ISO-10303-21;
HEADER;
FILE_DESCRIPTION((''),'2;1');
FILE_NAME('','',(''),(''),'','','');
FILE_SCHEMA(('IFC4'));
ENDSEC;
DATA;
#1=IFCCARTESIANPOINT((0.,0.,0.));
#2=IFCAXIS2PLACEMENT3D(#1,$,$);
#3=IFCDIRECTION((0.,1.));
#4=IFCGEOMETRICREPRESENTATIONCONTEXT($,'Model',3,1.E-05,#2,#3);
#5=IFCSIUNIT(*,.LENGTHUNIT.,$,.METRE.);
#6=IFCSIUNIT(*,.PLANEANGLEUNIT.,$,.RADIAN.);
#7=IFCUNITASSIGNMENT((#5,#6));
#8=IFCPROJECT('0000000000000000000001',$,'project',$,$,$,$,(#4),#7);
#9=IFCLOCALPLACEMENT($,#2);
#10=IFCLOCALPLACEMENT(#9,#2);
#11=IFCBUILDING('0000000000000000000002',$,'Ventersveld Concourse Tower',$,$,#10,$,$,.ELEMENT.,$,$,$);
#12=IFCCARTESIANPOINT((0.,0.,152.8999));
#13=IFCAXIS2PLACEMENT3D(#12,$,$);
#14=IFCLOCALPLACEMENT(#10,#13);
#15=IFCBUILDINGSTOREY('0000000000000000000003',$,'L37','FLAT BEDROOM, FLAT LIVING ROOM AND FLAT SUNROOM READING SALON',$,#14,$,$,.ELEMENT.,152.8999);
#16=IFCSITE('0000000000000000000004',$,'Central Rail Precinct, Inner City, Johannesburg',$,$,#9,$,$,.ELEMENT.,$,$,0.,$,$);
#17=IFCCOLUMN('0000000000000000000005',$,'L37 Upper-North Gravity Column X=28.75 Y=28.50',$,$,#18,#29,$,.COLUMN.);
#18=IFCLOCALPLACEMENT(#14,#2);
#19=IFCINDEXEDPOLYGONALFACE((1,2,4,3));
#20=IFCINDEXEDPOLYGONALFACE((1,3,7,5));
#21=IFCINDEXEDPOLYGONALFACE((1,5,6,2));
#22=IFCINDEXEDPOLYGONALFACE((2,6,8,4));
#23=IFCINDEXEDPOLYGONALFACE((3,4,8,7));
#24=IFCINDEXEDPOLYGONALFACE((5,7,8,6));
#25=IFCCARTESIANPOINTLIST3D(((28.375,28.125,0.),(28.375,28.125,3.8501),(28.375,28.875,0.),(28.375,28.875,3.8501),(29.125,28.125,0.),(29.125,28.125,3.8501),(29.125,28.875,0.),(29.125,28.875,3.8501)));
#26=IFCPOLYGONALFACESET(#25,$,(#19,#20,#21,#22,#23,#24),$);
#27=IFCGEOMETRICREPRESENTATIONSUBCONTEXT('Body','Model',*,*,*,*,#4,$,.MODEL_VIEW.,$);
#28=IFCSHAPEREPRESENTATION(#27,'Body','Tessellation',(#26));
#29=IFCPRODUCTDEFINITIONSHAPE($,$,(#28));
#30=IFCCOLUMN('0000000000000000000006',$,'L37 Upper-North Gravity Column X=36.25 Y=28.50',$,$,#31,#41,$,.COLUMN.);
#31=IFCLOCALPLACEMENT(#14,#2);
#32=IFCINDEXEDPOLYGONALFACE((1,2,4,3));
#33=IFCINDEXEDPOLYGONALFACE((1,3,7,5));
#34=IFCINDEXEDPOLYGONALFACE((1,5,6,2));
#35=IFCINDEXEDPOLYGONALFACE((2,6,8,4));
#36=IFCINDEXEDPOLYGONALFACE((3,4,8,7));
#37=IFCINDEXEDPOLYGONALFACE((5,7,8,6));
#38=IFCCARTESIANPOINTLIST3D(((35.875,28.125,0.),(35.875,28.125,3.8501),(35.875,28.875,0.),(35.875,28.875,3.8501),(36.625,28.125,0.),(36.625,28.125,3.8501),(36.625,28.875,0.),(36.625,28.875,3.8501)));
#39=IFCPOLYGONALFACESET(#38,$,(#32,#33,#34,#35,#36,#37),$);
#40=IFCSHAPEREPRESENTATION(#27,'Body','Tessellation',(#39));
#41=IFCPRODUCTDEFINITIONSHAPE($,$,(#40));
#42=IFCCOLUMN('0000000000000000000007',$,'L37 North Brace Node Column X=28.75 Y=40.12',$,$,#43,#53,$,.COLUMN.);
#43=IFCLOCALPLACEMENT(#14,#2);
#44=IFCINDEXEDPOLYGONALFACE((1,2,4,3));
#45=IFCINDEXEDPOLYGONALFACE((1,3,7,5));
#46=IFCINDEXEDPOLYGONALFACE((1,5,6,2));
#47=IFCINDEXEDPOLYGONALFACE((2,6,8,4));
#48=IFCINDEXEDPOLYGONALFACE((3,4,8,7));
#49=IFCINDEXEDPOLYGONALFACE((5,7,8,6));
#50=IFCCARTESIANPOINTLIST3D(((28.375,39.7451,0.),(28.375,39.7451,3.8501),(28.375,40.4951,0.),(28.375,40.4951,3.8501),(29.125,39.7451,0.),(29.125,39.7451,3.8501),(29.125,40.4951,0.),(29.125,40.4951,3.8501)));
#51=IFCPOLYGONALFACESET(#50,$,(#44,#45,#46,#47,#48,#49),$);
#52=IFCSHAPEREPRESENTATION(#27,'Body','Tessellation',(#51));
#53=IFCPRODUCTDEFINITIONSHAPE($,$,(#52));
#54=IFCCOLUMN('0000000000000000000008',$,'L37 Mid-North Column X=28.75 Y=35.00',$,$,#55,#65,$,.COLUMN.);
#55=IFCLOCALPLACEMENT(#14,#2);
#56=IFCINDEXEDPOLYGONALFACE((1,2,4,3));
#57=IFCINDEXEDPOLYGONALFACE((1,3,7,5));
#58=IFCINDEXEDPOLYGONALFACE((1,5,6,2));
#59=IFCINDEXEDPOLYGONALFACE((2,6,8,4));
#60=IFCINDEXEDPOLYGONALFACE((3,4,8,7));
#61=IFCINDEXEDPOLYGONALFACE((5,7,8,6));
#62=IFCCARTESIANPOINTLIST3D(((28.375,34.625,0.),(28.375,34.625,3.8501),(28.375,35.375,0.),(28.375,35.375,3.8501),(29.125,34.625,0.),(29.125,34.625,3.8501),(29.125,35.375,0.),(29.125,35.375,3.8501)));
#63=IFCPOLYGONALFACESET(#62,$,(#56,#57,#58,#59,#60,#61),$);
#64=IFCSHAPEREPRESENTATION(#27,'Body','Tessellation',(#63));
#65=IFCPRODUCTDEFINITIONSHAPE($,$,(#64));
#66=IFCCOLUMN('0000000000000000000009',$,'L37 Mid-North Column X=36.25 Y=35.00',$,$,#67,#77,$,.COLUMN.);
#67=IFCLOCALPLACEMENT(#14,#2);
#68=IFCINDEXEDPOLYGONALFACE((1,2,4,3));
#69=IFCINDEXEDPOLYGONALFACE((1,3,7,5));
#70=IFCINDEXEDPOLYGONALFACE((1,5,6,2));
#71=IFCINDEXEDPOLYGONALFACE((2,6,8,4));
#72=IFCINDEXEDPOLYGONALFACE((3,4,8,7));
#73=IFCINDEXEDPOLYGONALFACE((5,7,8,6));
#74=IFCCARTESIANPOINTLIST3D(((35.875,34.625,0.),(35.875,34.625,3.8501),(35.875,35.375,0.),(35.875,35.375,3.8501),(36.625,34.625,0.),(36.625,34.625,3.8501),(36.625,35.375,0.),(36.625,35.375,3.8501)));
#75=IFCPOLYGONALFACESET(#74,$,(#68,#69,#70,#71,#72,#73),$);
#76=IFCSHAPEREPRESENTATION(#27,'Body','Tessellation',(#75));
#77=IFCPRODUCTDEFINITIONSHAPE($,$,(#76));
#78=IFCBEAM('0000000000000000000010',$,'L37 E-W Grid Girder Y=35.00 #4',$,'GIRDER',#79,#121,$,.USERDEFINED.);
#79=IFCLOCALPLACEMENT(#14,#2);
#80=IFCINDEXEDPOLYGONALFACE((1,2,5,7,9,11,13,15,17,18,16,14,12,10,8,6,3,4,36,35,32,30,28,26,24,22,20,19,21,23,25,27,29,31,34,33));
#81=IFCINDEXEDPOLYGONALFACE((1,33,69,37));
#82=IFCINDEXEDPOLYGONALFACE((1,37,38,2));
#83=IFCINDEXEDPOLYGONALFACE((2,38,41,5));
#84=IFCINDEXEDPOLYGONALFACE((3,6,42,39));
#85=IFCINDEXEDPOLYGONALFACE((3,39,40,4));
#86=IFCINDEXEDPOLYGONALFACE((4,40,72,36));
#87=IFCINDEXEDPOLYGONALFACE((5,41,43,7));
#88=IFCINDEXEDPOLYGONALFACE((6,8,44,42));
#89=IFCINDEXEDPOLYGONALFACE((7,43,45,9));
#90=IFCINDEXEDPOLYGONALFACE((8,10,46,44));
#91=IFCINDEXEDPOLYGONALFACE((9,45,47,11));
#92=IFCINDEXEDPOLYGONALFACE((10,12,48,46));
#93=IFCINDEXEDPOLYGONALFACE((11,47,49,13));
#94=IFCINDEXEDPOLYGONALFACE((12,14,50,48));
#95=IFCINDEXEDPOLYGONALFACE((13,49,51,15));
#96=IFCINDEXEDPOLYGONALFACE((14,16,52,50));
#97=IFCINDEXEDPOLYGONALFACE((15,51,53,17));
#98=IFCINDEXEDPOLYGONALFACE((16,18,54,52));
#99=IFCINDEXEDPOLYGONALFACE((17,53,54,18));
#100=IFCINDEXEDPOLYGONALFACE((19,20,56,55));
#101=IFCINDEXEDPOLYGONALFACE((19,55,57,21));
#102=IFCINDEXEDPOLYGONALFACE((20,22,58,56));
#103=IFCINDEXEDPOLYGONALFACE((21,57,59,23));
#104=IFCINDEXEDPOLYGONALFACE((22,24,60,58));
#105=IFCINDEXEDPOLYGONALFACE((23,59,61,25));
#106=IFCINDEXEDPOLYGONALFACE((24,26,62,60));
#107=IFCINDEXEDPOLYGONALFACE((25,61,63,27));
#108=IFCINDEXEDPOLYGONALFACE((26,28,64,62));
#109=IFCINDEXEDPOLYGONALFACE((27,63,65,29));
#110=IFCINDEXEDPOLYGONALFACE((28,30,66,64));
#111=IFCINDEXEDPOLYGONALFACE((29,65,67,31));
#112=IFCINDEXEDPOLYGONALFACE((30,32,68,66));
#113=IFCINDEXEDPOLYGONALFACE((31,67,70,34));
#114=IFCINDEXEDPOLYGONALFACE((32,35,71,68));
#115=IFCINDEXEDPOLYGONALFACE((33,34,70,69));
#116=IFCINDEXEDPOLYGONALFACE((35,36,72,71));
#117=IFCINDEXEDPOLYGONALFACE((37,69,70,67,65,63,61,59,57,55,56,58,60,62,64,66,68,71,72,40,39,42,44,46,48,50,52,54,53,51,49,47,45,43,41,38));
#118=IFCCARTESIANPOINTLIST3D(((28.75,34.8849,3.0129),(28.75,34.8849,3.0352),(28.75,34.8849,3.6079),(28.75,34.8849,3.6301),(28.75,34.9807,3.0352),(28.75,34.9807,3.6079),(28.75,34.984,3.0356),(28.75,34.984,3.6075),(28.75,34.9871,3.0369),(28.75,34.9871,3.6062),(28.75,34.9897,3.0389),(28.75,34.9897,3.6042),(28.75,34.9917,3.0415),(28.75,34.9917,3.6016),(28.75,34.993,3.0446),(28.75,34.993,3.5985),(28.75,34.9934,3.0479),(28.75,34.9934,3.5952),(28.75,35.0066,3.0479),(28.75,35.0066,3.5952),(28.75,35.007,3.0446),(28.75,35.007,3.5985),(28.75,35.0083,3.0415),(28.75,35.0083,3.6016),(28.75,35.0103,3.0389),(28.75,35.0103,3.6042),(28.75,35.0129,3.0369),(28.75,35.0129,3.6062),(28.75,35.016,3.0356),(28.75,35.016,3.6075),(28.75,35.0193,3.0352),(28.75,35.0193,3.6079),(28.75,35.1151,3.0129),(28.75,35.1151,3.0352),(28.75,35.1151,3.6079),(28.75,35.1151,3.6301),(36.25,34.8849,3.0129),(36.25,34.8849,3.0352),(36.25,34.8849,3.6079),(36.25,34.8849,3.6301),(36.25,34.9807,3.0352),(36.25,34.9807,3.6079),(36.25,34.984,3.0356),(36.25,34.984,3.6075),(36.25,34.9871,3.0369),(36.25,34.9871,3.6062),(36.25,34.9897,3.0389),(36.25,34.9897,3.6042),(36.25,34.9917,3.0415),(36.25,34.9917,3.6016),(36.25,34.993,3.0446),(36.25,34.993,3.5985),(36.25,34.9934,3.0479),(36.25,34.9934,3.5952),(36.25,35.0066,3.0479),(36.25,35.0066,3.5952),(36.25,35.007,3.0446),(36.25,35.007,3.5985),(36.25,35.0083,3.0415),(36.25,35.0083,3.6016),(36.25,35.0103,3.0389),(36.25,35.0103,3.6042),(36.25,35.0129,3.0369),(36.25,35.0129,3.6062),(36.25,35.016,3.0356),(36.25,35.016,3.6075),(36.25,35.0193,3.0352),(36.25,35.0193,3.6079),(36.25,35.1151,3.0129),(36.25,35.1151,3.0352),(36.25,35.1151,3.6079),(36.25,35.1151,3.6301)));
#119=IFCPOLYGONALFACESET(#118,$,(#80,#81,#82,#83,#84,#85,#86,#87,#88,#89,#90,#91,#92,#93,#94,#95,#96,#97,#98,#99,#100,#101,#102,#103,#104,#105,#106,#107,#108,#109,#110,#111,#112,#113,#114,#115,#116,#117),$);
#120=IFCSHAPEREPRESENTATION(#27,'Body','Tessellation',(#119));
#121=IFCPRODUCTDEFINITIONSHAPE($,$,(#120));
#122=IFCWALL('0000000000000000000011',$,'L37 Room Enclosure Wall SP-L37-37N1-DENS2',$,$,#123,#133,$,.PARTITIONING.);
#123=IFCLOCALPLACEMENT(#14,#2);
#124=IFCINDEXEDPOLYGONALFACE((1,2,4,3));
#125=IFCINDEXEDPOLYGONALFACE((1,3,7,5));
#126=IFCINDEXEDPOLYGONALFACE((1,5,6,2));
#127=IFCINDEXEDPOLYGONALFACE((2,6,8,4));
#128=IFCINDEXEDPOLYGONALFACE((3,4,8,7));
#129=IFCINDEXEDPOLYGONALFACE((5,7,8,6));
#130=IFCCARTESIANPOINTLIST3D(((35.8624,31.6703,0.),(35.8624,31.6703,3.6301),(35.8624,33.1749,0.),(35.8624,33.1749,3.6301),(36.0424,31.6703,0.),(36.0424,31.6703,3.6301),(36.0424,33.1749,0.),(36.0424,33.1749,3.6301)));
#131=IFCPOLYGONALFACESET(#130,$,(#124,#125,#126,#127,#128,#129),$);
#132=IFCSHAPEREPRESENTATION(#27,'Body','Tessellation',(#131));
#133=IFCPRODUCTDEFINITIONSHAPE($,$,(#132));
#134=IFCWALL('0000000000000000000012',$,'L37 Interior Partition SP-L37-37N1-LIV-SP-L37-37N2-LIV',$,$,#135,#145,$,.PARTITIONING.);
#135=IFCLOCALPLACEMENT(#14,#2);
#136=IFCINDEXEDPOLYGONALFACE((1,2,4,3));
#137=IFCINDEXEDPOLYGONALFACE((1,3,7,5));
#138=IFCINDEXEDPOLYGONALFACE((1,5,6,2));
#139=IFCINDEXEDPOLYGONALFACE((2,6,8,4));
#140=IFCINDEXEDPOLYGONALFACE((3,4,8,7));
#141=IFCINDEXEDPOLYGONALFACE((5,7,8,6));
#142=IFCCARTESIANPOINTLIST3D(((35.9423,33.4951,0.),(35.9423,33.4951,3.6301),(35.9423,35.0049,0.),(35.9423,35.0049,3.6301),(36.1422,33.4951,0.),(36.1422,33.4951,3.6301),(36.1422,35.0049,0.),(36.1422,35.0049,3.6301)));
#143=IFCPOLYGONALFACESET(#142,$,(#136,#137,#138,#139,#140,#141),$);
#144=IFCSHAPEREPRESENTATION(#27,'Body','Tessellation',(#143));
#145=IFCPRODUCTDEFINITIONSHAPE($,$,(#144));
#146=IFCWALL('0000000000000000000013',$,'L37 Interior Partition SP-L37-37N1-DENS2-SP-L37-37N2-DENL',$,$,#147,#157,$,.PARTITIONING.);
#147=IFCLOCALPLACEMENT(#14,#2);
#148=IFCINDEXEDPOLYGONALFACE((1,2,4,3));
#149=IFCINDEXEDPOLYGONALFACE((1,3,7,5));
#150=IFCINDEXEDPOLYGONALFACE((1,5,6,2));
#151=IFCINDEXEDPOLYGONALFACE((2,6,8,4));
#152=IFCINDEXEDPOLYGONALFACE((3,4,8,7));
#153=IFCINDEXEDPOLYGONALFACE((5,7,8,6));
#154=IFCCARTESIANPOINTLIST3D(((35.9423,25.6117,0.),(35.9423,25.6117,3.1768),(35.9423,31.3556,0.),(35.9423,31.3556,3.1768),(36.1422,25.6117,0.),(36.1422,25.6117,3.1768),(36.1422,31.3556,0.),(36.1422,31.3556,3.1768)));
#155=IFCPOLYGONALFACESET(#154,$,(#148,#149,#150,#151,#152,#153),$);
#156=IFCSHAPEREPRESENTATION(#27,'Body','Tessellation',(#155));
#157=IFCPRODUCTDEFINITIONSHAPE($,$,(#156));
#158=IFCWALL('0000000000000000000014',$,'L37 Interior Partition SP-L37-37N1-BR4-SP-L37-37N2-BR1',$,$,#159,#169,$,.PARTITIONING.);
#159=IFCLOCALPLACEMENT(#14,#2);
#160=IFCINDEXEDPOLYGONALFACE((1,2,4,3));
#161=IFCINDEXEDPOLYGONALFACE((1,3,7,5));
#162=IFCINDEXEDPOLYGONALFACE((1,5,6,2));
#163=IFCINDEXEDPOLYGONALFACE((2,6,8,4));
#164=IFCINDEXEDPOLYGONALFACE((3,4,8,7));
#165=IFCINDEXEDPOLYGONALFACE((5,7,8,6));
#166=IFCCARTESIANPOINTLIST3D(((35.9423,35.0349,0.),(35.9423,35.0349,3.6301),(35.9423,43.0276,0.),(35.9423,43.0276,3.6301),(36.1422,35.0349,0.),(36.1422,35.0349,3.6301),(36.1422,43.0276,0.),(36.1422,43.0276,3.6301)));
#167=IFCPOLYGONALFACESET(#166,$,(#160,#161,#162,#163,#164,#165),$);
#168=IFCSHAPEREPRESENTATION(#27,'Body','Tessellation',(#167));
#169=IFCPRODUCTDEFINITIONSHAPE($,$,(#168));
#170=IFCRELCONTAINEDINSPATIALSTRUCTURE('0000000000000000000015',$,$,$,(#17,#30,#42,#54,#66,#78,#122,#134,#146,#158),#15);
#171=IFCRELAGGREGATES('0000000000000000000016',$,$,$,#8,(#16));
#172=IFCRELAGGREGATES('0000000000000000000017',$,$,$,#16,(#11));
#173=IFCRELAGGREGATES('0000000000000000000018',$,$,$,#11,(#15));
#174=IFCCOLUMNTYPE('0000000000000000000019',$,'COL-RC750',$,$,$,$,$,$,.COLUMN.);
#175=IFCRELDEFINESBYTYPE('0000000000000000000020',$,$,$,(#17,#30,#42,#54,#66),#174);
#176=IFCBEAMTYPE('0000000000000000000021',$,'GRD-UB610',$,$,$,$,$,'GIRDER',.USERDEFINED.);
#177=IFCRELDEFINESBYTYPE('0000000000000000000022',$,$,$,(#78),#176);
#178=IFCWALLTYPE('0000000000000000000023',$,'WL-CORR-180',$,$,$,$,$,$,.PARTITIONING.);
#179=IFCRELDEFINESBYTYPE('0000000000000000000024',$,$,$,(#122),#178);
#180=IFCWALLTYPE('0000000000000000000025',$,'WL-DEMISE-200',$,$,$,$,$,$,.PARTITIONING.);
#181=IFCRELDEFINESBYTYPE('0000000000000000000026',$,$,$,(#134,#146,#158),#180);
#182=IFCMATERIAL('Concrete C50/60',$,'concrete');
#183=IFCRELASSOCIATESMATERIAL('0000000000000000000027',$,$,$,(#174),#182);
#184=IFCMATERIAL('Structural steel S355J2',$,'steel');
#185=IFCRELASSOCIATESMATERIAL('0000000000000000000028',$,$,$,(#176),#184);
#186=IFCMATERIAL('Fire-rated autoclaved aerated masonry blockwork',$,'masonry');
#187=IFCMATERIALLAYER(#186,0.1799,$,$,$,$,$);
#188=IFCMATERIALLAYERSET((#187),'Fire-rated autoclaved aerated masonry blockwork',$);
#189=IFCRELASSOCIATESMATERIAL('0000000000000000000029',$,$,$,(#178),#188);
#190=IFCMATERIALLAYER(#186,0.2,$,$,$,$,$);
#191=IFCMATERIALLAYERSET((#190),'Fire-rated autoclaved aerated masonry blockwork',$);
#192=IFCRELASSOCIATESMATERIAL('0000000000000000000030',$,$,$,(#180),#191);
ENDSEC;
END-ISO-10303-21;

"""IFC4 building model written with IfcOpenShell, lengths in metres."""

from ifc_helpers import new_model, si_unit, direction, frame, frame_2d, origin, origin_2d, place, context, subcontext, project, spatial, rectangle, i_section, extrude, material, layer, layer_set, material_profile, profile_set, type_object, element, save


model = new_model("IFC4")

# Units and contexts
model_context = context("Model", 3, precision=1e-05, world=origin(), true_north=direction((0.0, 1.0)))
body_context = subcontext(model_context, "Body", "Model", "MODEL_VIEW")
ifc_project = project(units=[si_unit("LENGTHUNIT", "METRE"), si_unit("PLANEANGLEUNIT", "RADIAN")], contexts=[model_context])

# Site, building, storey
site_placement = place(None, origin())
site = spatial("IfcSite", under=ifc_project, at=site_placement, Name="Central Rail Precinct, Inner City, Johannesburg", CompositionType="ELEMENT", RefElevation=0.0)
building_placement = place(site_placement, origin())
building = spatial("IfcBuilding", under=site, at=building_placement, Name="Ventersveld Concourse Tower", CompositionType="ELEMENT")
storey_placement = place(building_placement, frame((0.0, 0.0, 152.8999)))
storey = spatial("IfcBuildingStorey", under=building, at=storey_placement, Name="L37", Description="FLAT BEDROOM, FLAT LIVING ROOM AND FLAT SUNROOM READING SALON", CompositionType="ELEMENT", Elevation=152.8999)

# Columns
ifc_material_1 = material(Name="Concrete C50/60", Category="concrete")
ifc_material_profile_1 = material_profile(ifc_material_1, rectangle(XDim=0.75, YDim=0.75, at=origin_2d()), Name="RC 750x750")
ifc_profile_set_1 = profile_set([ifc_material_profile_1], Name="Concrete C50/60")
column_type = type_object("IfcColumnType", Name="COL-RC750", PredefinedType="COLUMN", material=ifc_profile_set_1)
for number, where, z_axis, x_axis, name in (
    (1, (28.75, 28.5, 0.0), (0.0, 0.0, 1.0), (1.0, 0.0, 0.0), "L37 Upper-North Gravity Column X=28.75 Y=28.50"),
    (2, (36.25, 28.5, 0.0), (0.0, 0.0, 1.0), (1.0, 0.0, 0.0), "L37 Upper-North Gravity Column X=36.25 Y=28.50"),
    (3, (28.75, 40.1201, 0.0), (0.0, 0.0, 1.0), (1.0, 0.0, 0.0), "L37 North Brace Node Column X=28.75 Y=40.12"),
    (4, (28.75, 35.0, 0.0), (0.0, 0.0, 1.0), (1.0, 0.0, 0.0), "L37 Mid-North Column X=28.75 Y=35.00"),
    (5, (36.25, 35.0, 0.0), (0.0, 0.0, 1.0), (1.0, 0.0, 0.0), "L37 Mid-North Column X=36.25 Y=35.00"),
):
    element("IfcColumn", number, at=place(storey_placement, frame(where, z_axis=z_axis, x_axis=x_axis)), inside=storey, type_object=column_type, Name=name, PredefinedType="COLUMN", context=body_context, shape_type="SweptSolid", body=[
        extrude(rectangle(XDim=0.75, YDim=0.75, at=origin_2d()), origin(), (0.0, 0.0, 1.0), 3.8501),
    ])

# Beam
ifc_material_2 = material(Name="Structural steel S355J2", Category="steel")
ifc_material_profile_2 = material_profile(ifc_material_2, i_section(OverallWidth=0.2302, OverallDepth=0.6172, WebThickness=0.0132, FlangeThickness=0.0222, FilletRadius=0.0127, at=origin_2d()), Name="UB 610x229x140")
ifc_profile_set_2 = profile_set([ifc_material_profile_2], Name="Structural steel S355J2")
beam_type = type_object("IfcBeamType", Name="GRD-UB610", ElementType="GIRDER", PredefinedType="USERDEFINED", material=ifc_profile_set_2)
beam_placement = place(storey_placement, frame((28.75, 35.0, 3.3215), z_axis=(1.0, 0.0, 0.0), x_axis=(0.0, 1.0, 0.0)))
element("IfcBeam", 6, at=beam_placement, inside=storey, type_object=beam_type, Name="L37 E-W Grid Girder Y=35.00 #4", ObjectType="GIRDER", PredefinedType="USERDEFINED", context=body_context, shape_type="SweptSolid", body=[
    extrude(i_section(OverallWidth=0.2302, OverallDepth=0.6172, WebThickness=0.0132, FlangeThickness=0.0222, FilletRadius=0.0127, at=origin_2d()), origin(), (0.0, 0.0, 1.0), 7.5),
])

# Walls
ifc_material_3 = material(Name="Fire-rated autoclaved aerated masonry blockwork", Category="masonry")
ifc_layer_1 = layer(ifc_material_3, 0.1799)
ifc_layer_set_1 = layer_set([ifc_layer_1], Name="Fire-rated autoclaved aerated masonry blockwork")
wall_type_1 = type_object("IfcWallType", Name="WL-CORR-180", PredefinedType="PARTITIONING", material=ifc_layer_set_1)
wall_1_placement = place(storey_placement, frame((35.9524, 33.175, 0.0), z_axis=(0.0, 0.0, 1.0), x_axis=(0.0, -1.0, 0.0)))
element("IfcWall", 7, at=wall_1_placement, inside=storey, type_object=wall_type_1, Name="L37 Room Enclosure Wall SP-L37-37N1-DENS2", PredefinedType="PARTITIONING", context=body_context, shape_type="SweptSolid", body=[
    extrude(rectangle(XDim=1.5046, YDim=0.1799, at=frame_2d((0.7524, 0.0))), origin(), (0.0, 0.0, 1.0), 3.6301),
])
ifc_layer_2 = layer(ifc_material_3, 0.2)
ifc_layer_set_2 = layer_set([ifc_layer_2], Name="Fire-rated autoclaved aerated masonry blockwork")
wall_type_2 = type_object("IfcWallType", Name="WL-DEMISE-200", PredefinedType="PARTITIONING", material=ifc_layer_set_2)
wall_2_placement = place(storey_placement, frame((36.0422, 33.4951, 0.0), z_axis=(0.0, 0.0, 1.0), x_axis=(0.0, 1.0, 0.0)))
element("IfcWall", 8, at=wall_2_placement, inside=storey, type_object=wall_type_2, Name="L37 Interior Partition SP-L37-37N1-LIV-SP-L37-37N2-LIV", PredefinedType="PARTITIONING", context=body_context, shape_type="SweptSolid", body=[
    extrude(rectangle(XDim=1.5098, YDim=0.2, at=frame_2d((0.7549, 0.0))), origin(), (0.0, 0.0, 1.0), 3.6301),
])
wall_3_placement = place(storey_placement, frame((36.0422, 25.6116, 0.0), z_axis=(0.0, 0.0, 1.0), x_axis=(0.0, 1.0, 0.0)))
element("IfcWall", 9, at=wall_3_placement, inside=storey, type_object=wall_type_2, Name="L37 Interior Partition SP-L37-37N1-DENS2-SP-L37-37N2-DENL", PredefinedType="PARTITIONING", context=body_context, shape_type="SweptSolid", body=[
    extrude(rectangle(XDim=5.7439, YDim=0.2, at=frame_2d((2.8721, 0.0))), origin(), (0.0, 0.0, 1.0), 3.1768),
])
wall_4_placement = place(storey_placement, frame((36.0422, 35.0349, 0.0), z_axis=(0.0, 0.0, 1.0), x_axis=(0.0, 1.0, 0.0)))
element("IfcWall", 10, at=wall_4_placement, inside=storey, type_object=wall_type_2, Name="L37 Interior Partition SP-L37-37N1-BR4-SP-L37-37N2-BR1", PredefinedType="PARTITIONING", context=body_context, shape_type="SweptSolid", body=[
    extrude(rectangle(XDim=7.9927, YDim=0.2, at=frame_2d((3.9963, 0.0))), origin(), (0.0, 0.0, 1.0), 3.6301),
])

save(model, "model.ifc")
